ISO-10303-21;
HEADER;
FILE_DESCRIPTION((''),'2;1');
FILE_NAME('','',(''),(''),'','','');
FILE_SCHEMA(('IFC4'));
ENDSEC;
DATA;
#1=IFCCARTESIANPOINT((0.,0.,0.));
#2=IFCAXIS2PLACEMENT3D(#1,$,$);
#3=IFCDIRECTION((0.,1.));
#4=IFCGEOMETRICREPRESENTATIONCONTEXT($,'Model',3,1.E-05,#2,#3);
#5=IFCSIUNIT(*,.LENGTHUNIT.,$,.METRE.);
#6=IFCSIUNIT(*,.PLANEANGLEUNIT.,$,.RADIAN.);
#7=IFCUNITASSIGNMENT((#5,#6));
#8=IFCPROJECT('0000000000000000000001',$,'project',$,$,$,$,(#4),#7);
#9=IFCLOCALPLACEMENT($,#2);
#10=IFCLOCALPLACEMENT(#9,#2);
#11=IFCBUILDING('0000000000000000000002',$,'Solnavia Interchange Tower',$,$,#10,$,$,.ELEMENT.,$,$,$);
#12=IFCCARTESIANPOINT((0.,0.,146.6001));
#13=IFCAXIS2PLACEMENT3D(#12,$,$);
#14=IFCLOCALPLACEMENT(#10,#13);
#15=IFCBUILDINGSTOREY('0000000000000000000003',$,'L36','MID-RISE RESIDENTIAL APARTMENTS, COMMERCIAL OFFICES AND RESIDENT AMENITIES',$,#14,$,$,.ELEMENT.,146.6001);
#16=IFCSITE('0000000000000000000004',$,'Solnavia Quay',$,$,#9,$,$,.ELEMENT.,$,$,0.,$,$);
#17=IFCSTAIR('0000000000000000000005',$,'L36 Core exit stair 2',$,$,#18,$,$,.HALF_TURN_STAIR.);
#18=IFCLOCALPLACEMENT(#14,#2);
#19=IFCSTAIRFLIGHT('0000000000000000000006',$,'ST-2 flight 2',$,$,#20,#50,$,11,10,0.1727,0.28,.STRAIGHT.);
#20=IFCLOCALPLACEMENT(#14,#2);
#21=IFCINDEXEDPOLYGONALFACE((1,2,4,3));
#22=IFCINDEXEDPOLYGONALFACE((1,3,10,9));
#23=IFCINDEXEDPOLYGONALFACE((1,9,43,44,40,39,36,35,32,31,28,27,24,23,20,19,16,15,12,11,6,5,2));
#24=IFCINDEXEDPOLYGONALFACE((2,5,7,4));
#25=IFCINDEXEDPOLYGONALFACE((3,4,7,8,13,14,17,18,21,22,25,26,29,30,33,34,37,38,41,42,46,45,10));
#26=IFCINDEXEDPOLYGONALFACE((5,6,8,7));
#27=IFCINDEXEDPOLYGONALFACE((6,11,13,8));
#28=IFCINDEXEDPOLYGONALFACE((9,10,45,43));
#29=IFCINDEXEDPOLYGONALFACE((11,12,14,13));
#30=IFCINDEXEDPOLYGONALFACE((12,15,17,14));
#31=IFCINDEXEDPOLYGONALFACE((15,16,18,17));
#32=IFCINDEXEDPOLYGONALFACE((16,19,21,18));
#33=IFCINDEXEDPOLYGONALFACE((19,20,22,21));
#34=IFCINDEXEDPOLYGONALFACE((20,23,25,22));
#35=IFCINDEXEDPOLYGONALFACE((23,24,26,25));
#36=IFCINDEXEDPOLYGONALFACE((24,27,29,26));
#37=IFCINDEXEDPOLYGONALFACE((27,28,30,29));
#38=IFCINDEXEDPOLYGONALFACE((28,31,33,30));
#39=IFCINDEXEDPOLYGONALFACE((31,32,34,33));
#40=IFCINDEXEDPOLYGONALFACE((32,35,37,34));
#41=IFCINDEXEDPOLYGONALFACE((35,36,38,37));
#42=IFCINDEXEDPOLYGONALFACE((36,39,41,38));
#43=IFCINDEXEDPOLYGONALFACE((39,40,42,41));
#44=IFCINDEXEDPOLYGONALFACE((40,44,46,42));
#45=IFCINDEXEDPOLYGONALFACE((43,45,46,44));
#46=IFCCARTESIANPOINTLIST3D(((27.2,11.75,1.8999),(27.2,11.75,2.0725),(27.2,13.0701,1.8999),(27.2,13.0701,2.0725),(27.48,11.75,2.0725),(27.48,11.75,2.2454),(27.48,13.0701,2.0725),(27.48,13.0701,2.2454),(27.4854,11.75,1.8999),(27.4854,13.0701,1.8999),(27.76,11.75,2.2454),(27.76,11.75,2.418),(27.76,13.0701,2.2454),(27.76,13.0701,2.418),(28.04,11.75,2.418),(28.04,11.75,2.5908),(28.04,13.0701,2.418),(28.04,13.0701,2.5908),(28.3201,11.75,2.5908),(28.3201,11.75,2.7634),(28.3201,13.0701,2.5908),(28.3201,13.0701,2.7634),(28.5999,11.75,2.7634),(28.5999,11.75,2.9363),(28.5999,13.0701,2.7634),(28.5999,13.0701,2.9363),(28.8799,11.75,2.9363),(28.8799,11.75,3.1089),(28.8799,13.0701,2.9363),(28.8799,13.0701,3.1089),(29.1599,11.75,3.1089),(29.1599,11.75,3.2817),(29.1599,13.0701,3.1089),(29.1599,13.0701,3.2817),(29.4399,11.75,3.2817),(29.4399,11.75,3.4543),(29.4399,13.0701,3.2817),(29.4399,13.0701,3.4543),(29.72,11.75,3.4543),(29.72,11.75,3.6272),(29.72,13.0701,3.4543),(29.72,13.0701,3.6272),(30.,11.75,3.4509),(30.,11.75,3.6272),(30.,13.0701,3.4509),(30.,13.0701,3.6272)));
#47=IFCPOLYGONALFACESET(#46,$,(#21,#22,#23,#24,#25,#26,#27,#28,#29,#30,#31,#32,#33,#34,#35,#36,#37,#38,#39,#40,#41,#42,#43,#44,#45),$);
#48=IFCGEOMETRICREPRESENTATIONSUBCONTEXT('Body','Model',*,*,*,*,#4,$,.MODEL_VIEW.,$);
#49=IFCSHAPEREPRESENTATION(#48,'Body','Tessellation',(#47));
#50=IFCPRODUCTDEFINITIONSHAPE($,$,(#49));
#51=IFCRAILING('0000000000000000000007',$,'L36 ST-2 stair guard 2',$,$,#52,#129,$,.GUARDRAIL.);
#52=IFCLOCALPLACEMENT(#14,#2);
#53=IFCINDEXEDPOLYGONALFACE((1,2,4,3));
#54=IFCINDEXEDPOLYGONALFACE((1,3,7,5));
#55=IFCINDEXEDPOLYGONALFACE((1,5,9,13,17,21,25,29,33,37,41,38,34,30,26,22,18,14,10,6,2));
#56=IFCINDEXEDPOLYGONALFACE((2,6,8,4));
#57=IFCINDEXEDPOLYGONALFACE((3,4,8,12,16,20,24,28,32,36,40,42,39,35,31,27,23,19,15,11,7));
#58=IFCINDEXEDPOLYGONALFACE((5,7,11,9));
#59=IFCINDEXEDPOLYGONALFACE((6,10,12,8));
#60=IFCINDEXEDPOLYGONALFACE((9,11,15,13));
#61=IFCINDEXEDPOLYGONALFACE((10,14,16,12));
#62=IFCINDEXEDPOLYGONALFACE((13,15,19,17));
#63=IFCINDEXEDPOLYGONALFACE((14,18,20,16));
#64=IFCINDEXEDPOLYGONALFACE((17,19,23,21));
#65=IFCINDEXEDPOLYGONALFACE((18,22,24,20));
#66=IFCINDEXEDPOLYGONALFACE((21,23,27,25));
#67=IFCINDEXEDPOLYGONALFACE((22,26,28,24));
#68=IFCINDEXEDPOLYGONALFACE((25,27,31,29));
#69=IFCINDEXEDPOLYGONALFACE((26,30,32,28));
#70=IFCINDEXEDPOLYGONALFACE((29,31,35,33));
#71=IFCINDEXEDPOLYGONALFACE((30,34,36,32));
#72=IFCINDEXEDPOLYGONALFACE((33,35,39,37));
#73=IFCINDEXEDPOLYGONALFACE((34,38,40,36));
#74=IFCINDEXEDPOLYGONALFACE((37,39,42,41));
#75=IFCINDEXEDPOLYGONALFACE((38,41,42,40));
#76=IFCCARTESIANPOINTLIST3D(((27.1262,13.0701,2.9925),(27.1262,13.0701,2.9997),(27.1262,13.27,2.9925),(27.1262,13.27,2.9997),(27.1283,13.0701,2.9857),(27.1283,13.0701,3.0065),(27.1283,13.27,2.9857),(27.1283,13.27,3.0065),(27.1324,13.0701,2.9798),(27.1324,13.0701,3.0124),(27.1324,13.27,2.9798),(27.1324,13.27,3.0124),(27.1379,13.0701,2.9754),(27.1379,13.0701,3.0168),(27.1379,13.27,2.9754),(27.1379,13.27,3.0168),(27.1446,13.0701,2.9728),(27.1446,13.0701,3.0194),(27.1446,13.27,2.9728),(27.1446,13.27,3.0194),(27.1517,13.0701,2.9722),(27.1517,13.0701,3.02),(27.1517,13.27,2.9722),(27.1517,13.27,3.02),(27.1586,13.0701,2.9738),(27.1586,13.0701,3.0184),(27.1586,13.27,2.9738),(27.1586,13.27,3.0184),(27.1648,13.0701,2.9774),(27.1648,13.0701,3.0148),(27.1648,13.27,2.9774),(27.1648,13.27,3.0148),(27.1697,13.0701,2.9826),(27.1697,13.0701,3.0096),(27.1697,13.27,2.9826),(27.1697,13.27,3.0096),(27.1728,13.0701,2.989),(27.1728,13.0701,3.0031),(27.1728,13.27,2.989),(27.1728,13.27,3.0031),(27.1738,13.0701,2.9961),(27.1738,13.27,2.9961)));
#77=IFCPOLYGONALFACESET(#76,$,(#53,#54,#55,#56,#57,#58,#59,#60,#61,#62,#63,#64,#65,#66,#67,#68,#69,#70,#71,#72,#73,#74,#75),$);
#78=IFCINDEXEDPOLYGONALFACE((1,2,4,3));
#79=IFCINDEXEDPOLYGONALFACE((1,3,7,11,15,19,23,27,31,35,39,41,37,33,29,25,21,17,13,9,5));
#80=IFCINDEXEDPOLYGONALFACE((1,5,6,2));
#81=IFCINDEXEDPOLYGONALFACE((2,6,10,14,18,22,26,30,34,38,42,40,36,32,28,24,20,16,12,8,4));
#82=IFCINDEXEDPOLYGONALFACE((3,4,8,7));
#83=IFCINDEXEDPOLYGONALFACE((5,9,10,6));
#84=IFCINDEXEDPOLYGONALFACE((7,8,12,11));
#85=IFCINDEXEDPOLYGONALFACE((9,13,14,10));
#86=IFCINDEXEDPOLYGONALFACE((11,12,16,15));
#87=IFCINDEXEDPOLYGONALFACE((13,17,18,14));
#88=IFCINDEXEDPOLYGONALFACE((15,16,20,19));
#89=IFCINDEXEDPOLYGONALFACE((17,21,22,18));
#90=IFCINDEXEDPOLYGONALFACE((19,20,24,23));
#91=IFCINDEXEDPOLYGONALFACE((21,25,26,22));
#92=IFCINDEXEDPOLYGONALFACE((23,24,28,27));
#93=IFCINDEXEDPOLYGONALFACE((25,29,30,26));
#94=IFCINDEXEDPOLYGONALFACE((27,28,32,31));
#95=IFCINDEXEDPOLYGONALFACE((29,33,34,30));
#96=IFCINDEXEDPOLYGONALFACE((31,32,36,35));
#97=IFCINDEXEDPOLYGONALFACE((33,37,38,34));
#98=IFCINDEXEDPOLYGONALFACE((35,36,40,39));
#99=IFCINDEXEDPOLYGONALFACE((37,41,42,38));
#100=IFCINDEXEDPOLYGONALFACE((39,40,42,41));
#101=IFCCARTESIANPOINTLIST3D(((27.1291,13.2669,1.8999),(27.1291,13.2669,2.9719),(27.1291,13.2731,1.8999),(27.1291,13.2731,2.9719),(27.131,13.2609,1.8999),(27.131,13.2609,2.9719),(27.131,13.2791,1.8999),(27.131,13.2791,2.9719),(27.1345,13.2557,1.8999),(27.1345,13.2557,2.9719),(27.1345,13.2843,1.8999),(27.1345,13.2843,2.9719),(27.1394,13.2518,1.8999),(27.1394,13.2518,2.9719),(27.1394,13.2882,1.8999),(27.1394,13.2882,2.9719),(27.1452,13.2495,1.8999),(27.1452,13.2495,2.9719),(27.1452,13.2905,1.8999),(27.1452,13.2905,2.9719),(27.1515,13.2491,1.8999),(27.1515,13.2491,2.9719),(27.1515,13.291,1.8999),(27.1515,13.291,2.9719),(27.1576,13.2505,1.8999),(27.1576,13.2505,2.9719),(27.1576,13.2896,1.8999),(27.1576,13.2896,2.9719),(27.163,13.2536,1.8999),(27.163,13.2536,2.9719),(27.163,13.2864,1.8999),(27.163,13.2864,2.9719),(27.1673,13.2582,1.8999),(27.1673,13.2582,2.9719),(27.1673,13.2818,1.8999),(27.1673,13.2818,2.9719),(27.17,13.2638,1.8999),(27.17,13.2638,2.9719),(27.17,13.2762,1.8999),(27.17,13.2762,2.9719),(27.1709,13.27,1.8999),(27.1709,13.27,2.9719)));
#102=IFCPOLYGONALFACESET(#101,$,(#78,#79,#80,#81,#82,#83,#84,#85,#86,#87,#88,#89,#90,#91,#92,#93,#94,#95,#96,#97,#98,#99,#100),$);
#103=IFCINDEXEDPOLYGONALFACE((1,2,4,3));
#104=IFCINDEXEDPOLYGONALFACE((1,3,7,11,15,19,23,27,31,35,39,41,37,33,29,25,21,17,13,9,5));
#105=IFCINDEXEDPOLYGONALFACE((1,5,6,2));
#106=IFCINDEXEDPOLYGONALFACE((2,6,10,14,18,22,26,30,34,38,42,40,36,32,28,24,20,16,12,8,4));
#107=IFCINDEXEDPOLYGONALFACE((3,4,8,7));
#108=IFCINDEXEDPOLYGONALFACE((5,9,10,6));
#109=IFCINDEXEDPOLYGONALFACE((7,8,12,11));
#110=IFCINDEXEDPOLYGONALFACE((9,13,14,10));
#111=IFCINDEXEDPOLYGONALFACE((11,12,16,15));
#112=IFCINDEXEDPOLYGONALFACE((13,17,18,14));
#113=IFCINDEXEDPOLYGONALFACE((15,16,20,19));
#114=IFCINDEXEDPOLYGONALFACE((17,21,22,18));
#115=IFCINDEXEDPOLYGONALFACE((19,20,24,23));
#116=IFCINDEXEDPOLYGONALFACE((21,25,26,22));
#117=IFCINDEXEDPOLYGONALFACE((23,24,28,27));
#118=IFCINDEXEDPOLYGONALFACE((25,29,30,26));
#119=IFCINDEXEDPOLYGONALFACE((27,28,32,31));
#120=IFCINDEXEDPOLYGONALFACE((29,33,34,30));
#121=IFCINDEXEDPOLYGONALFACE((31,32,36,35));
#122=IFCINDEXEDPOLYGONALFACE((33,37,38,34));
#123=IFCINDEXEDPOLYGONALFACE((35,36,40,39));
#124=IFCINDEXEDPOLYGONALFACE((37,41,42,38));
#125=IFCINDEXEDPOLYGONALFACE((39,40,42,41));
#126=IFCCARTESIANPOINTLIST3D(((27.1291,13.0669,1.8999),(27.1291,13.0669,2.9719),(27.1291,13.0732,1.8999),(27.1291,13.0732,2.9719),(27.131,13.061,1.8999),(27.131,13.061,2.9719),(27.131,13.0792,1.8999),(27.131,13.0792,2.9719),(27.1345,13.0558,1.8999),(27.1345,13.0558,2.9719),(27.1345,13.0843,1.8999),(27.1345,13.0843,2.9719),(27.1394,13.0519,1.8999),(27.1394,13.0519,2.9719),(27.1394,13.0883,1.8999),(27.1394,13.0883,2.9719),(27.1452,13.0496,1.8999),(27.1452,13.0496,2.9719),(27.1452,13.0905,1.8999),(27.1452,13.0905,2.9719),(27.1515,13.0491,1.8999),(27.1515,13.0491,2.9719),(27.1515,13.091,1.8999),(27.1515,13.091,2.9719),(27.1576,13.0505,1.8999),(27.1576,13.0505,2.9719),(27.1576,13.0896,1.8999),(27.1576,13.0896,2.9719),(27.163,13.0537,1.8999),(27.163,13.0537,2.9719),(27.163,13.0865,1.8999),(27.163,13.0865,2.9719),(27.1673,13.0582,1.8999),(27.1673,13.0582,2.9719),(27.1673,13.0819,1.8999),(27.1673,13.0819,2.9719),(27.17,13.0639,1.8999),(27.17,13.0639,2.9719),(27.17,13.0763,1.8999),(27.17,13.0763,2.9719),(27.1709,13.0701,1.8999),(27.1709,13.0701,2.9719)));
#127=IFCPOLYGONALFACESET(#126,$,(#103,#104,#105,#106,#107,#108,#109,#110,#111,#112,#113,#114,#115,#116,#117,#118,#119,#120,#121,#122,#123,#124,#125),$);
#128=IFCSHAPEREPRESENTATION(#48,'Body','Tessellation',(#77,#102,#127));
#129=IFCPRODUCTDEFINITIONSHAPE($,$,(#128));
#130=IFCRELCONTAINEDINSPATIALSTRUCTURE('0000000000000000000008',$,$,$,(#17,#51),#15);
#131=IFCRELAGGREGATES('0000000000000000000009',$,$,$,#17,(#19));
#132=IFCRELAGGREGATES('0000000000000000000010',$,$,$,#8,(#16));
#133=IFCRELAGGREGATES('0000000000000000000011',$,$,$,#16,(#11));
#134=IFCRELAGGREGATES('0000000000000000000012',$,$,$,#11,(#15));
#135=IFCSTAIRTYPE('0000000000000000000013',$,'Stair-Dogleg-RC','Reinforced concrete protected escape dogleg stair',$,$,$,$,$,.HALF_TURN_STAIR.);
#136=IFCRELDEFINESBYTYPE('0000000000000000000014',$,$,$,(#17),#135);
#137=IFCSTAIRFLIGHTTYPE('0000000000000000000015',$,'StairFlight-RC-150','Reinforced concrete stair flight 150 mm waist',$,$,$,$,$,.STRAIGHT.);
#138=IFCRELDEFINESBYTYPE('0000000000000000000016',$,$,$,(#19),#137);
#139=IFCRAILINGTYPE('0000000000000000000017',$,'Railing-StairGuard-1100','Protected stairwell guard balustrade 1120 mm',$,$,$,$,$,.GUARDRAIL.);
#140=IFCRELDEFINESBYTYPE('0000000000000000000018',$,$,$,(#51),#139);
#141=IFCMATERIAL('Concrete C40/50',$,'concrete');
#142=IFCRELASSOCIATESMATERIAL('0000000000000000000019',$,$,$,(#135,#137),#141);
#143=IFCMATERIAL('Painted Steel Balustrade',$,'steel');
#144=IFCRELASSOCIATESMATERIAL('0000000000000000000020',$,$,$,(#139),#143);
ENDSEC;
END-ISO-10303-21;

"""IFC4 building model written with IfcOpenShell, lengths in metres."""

from ifc_helpers import new_model, si_unit, direction, frame, origin, origin_2d, place, context, subcontext, project, spatial, polyline, circle, outline, extrude, material, type_object, element, aggregate, save


model = new_model("IFC4")

# Units and contexts
model_context = context("Model", 3, precision=1e-05, world=origin(), true_north=direction((0.0, 1.0)))
body_context = subcontext(model_context, "Body", "Model", "MODEL_VIEW")
ifc_project = project(units=[si_unit("LENGTHUNIT", "METRE"), si_unit("PLANEANGLEUNIT", "RADIAN")], contexts=[model_context])

# Site, building, storey
site_placement = place(None, origin())
site = spatial("IfcSite", under=ifc_project, at=site_placement, Name="Solnavia Quay", CompositionType="ELEMENT", RefElevation=0.0)
building_placement = place(site_placement, origin())
building = spatial("IfcBuilding", under=site, at=building_placement, Name="Solnavia Interchange Tower", CompositionType="ELEMENT")
storey_placement = place(building_placement, frame((0.0, 0.0, 146.6001)))
storey = spatial("IfcBuildingStorey", under=building, at=storey_placement, Name="L36", Description="MID-RISE RESIDENTIAL APARTMENTS, COMMERCIAL OFFICES AND RESIDENT AMENITIES", CompositionType="ELEMENT", Elevation=146.6001)

# Shared definitions
ifc_material_1 = material(Name="Concrete C40/50", Category="concrete")

# Stair, stair flight
stair_type = type_object("IfcStairType", Name="Stair-Dogleg-RC", Description="Reinforced concrete protected escape dogleg stair", PredefinedType="HALF_TURN_STAIR", material=ifc_material_1)
stair_placement = place(storey_placement, origin())
stair = element("IfcStair", 1, at=stair_placement, inside=storey, type_object=stair_type, Name="L36 Core exit stair 2", PredefinedType="HALF_TURN_STAIR")
stair_flight_type = type_object("IfcStairFlightType", Name="StairFlight-RC-150", Description="Reinforced concrete stair flight 150 mm waist", PredefinedType="STRAIGHT", material=ifc_material_1)
stair_flight_placement = place(storey_placement, frame((27.2, 12.4099, 1.8999), z_axis=(0.0, 0.0, 1.0), x_axis=(1.0, 0.0, 0.0)))
stair_flight = element("IfcStairFlight", 2, at=stair_flight_placement, type_object=stair_flight_type, Name="ST-2 flight 2", NumberOfRisers=11, NumberOfTreads=10, PredefinedType="STRAIGHT", RiserHeight=0.1727, TreadLength=0.28, context=body_context, shape_type="SweptSolid", body=[
    extrude(outline(polyline([(0.0, 0.0), (0.0, 0.1726), (0.28, 0.1726), (0.28, 0.3455), (0.5601, 0.3455), (0.5601, 0.5181), (0.8401, 0.5181), (0.8401, 0.6909), (1.1201, 0.6909), (1.1201, 0.8635), (1.3999, 0.8635), (1.3999, 1.0364), (1.6799, 1.0364), (1.6799, 1.209), (1.96, 1.209), (1.96, 1.3818), (2.24, 1.3818), (2.24, 1.5544), (2.52, 1.5544), (2.52, 1.7273), (2.8, 1.7273), (2.8, 1.8999), (2.8, 1.551), (0.2854, 0.0), (0.0, 0.0)])), frame((0.0, 0.6602, 0.0), z_axis=(0.0, -1.0, 0.0), x_axis=(1.0, 0.0, 0.0)), (0.0, 0.0, 1.0), 1.3201),
])
aggregate(stair, [stair_flight])

# Railing
ifc_material_2 = material(Name="Painted Steel Balustrade", Category="steel")
railing_type_1 = type_object("IfcRailingType", Name="Railing-StairGuard-1100", Description="Protected stairwell guard balustrade 1120 mm", PredefinedType="GUARDRAIL", material=ifc_material_2)
railing_1_placement = place(storey_placement, frame((27.1499, 13.27, 1.8999)))
element("IfcRailing", 3, at=railing_1_placement, inside=storey, type_object=railing_type_1, Name="L36 ST-2 stair guard 2", PredefinedType="GUARDRAIL", context=body_context, shape_type="SweptSolid", body=[
    extrude(circle(Radius=0.0239, at=origin_2d()), frame((0.0, 0.0, 1.0962), z_axis=(0.0, -1.0, 0.0), x_axis=(1.0, 0.0, 0.0)), (0.0, 0.0, 1.0), 0.2),
    extrude(circle(Radius=0.021, at=origin_2d()), origin(), (0.0, 0.0, 1.0), 1.072),
    extrude(circle(Radius=0.021, at=origin_2d()), frame((0.0, -0.2, 0.0)), (0.0, 0.0, 1.0), 1.072),
])

save(model, "model.ifc")
